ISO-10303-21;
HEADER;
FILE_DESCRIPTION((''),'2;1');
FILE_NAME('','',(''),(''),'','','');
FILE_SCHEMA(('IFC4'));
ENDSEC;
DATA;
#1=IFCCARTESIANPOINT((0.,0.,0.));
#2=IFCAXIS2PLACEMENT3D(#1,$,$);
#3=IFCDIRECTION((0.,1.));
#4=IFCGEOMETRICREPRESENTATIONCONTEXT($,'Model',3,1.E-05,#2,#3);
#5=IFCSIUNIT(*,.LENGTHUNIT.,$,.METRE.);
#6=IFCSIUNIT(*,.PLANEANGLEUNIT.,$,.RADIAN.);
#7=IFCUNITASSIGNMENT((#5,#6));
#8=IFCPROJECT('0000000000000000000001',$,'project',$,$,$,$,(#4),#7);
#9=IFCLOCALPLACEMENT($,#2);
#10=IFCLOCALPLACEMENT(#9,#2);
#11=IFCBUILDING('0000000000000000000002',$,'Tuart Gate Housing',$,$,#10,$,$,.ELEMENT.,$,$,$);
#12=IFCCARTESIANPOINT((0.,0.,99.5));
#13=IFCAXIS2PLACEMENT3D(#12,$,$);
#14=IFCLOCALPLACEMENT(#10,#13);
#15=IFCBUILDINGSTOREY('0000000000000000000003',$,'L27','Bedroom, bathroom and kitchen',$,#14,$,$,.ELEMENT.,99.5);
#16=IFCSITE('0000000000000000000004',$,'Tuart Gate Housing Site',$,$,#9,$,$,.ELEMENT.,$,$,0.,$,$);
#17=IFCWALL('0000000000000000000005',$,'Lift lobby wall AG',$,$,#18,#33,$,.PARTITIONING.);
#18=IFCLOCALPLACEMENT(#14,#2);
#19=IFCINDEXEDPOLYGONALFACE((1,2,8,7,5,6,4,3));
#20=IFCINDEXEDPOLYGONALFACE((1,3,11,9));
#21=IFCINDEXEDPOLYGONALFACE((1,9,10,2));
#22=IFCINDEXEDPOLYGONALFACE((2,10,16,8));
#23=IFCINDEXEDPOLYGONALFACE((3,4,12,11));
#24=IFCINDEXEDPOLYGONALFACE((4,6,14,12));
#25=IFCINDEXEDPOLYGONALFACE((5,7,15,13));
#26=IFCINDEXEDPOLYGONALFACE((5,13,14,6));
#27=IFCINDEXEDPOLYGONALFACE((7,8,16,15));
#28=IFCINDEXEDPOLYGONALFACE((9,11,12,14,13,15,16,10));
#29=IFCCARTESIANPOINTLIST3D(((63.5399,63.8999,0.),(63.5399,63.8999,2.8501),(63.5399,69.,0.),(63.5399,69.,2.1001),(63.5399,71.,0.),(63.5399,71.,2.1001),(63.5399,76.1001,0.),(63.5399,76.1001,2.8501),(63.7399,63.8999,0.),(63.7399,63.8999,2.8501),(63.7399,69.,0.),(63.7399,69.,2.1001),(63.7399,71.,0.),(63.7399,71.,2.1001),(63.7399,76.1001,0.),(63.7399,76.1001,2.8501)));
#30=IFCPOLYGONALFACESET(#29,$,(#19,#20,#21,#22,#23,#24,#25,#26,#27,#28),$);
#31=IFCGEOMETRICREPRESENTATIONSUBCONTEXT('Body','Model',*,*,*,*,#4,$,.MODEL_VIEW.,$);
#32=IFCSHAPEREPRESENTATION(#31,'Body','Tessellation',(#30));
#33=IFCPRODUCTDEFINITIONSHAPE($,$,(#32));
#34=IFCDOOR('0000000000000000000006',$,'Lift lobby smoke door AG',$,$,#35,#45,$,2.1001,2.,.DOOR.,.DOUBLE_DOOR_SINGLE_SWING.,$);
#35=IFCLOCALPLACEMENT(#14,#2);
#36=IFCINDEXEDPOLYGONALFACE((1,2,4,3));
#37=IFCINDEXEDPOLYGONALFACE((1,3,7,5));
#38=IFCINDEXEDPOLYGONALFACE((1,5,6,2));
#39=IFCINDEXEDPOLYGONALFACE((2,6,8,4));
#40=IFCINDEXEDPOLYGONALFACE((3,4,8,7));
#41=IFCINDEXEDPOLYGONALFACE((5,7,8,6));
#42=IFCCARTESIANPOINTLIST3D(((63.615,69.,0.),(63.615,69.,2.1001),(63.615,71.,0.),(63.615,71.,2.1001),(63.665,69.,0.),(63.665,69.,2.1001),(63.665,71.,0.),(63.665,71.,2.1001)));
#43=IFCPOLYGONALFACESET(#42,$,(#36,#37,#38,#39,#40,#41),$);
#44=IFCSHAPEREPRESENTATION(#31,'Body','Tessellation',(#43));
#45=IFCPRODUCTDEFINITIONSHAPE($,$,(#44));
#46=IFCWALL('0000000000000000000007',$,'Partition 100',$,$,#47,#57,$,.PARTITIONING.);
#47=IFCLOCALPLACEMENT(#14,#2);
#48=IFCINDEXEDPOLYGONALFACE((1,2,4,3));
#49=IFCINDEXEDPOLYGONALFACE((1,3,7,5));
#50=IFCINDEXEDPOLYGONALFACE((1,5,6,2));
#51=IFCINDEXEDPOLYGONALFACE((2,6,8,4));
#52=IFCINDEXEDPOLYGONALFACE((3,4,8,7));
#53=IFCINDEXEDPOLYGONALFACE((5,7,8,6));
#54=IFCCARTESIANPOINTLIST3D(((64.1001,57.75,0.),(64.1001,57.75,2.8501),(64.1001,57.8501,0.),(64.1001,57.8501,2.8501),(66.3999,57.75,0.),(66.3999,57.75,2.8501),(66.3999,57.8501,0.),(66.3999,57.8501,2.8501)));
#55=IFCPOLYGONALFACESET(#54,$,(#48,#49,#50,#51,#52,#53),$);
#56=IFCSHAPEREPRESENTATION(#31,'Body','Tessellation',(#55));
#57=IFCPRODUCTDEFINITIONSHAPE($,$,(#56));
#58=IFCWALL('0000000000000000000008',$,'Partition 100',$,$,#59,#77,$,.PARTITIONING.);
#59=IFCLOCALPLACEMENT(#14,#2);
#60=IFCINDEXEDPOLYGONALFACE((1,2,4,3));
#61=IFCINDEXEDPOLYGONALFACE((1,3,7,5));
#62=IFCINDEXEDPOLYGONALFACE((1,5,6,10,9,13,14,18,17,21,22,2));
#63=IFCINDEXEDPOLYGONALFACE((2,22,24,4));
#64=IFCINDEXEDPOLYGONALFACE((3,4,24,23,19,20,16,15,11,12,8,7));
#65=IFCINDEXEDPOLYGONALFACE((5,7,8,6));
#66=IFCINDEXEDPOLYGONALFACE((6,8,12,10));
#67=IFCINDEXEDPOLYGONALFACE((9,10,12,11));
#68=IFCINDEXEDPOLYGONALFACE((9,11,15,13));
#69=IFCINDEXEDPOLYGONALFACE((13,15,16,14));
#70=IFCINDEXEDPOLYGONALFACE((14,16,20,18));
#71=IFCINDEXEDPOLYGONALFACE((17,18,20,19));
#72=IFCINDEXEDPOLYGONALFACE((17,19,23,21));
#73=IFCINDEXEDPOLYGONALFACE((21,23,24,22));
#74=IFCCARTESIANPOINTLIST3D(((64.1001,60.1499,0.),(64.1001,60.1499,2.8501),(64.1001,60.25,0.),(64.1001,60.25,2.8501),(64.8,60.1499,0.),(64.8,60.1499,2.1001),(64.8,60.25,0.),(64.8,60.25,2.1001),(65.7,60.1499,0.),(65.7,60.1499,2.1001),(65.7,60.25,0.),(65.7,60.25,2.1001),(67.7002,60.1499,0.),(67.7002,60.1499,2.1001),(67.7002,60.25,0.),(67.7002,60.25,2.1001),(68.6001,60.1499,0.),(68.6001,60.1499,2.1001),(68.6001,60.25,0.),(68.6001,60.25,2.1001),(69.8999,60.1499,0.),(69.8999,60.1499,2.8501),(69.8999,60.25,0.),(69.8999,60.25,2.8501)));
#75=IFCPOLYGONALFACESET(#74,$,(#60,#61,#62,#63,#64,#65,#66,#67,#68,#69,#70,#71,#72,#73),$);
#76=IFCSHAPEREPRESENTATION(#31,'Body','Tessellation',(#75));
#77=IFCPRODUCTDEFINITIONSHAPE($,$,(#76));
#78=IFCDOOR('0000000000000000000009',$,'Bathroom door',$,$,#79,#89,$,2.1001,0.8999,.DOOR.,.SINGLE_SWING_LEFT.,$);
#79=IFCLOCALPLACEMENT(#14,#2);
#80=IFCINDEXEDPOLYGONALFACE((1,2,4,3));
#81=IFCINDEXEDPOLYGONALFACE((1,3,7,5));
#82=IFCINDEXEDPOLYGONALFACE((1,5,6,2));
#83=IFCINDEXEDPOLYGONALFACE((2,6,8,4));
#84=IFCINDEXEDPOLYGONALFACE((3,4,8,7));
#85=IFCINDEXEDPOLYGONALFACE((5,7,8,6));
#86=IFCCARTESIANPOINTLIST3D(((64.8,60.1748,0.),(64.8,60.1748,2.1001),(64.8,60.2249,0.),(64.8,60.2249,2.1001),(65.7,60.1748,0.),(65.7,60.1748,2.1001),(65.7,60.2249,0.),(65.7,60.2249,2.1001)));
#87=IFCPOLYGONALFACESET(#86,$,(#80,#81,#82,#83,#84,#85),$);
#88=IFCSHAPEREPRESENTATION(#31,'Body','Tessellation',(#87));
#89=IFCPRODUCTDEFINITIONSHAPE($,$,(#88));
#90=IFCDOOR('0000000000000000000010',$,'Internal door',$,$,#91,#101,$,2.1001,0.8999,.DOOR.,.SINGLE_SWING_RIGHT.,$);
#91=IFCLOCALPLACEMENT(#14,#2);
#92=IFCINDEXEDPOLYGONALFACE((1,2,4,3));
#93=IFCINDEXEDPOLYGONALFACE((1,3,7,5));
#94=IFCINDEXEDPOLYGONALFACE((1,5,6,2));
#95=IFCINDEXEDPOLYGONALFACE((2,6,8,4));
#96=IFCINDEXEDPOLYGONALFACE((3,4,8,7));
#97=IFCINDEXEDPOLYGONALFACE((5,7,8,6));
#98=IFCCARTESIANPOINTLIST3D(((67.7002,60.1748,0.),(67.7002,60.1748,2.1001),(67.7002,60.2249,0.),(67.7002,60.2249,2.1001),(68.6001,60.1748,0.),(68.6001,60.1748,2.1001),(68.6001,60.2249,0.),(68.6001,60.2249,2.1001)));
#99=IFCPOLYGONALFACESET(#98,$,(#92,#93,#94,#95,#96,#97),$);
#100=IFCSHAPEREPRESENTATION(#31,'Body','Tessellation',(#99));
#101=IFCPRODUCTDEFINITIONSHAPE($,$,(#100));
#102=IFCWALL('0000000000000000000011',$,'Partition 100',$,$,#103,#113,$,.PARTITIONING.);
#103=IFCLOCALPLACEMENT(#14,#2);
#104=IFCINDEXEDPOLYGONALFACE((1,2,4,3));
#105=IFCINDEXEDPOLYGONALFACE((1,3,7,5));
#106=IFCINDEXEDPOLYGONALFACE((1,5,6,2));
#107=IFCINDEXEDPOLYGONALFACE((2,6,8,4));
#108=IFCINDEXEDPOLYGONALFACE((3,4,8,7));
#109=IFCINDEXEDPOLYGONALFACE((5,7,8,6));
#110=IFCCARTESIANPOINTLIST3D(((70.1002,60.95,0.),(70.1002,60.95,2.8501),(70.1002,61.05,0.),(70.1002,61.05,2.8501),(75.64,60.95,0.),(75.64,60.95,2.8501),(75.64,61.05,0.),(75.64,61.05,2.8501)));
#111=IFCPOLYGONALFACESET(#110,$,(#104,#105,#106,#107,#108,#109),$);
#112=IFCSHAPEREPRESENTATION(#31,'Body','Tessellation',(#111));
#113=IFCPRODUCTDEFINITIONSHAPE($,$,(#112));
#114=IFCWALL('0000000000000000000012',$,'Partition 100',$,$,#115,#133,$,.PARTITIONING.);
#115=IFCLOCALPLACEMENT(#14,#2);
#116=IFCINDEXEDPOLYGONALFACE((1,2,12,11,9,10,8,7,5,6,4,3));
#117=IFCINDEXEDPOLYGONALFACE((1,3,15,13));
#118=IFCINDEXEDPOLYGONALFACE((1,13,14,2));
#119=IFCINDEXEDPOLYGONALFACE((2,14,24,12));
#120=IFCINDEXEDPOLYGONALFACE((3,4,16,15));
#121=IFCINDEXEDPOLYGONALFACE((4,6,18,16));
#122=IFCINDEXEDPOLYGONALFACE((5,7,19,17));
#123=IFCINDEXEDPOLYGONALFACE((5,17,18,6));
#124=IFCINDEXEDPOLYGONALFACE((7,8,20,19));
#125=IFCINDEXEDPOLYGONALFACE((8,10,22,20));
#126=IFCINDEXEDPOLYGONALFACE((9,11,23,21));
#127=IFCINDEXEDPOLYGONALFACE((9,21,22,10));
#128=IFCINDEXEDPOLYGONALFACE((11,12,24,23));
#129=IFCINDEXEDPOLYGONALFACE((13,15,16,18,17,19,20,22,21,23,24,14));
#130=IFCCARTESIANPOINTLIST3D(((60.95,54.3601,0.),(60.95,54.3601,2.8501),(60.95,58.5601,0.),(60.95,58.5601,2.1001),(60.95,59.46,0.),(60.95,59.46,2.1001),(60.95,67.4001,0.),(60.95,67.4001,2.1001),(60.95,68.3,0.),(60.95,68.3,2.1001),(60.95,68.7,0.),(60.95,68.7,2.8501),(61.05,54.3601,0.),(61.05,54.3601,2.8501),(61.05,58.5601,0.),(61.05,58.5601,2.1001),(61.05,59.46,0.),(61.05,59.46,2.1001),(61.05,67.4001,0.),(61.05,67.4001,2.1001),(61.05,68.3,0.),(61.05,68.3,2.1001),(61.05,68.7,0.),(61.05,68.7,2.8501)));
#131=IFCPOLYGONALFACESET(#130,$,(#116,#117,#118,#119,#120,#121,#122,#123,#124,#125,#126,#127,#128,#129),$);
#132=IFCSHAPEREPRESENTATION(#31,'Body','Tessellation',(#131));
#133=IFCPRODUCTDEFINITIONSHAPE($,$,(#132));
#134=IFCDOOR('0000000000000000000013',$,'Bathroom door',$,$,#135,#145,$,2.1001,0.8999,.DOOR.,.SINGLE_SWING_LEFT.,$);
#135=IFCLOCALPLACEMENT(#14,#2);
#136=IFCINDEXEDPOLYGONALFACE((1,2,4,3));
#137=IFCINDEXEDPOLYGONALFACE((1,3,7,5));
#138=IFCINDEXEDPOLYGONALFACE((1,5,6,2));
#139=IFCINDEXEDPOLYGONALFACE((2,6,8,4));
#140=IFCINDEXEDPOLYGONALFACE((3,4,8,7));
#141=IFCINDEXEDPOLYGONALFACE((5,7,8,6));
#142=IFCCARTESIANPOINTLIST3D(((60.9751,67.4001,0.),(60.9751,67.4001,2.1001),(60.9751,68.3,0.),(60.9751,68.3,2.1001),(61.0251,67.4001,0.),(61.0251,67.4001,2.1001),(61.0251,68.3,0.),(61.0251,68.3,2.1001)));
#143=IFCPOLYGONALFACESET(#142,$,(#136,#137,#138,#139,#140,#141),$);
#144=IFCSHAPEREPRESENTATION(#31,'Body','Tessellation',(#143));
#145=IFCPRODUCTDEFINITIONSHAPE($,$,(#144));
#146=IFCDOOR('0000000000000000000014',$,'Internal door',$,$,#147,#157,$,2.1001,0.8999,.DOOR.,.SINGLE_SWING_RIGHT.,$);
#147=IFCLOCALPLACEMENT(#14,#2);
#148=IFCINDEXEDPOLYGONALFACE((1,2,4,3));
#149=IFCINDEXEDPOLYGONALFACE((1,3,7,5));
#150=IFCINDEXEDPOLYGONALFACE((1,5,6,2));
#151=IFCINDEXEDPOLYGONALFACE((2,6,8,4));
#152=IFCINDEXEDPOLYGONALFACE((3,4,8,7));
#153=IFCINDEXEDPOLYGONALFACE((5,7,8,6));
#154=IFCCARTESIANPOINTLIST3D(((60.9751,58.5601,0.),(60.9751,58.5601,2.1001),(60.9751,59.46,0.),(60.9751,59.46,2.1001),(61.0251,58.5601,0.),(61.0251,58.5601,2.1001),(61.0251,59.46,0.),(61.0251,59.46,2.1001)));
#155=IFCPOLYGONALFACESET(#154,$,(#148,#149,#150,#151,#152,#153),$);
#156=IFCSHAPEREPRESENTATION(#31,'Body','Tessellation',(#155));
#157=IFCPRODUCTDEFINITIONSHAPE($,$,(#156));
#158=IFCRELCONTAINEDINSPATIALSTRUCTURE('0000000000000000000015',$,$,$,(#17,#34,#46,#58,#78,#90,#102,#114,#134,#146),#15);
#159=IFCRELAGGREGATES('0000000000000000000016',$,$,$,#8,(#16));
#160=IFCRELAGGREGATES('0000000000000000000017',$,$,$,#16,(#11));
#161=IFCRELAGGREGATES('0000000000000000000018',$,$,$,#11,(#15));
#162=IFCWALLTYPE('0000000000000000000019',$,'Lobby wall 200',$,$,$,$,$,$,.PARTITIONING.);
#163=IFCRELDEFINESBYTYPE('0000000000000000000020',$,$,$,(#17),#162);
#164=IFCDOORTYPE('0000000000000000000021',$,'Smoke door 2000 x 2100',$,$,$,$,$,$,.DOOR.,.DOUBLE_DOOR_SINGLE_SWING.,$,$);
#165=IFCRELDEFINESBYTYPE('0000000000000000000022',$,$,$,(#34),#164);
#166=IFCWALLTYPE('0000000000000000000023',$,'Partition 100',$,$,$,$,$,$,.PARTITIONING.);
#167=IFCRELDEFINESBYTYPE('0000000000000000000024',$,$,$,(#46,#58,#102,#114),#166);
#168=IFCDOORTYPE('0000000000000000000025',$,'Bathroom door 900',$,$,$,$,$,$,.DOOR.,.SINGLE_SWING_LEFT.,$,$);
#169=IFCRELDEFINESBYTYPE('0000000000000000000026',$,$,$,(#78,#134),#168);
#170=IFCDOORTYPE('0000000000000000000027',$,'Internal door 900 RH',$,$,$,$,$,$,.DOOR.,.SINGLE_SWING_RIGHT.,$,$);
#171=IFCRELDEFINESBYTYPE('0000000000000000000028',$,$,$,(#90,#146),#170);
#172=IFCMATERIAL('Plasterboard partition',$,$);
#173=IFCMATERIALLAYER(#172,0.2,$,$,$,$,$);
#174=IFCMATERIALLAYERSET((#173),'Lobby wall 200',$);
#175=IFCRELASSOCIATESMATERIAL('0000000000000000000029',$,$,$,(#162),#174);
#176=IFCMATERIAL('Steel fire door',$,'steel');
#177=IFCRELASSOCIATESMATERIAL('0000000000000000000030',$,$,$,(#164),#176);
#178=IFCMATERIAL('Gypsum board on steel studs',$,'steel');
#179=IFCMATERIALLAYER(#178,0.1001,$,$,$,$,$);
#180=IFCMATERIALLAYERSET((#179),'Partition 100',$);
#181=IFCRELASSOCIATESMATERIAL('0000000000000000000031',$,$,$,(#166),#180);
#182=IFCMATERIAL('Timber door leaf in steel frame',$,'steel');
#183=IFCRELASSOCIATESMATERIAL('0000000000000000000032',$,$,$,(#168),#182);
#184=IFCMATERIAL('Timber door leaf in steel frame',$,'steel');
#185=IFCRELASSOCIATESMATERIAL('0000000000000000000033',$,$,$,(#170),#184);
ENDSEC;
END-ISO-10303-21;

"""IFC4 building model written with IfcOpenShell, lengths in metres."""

from ifc_helpers import new_model, si_unit, direction, frame, frame_2d, origin, place, context, subcontext, project, spatial, rectangle, extrude, material, layer, layer_set, type_object, element, fill, save


model = new_model("IFC4")

# Units and contexts
model_context = context("Model", 3, precision=1e-05, world=origin(), true_north=direction((0.0, 1.0)))
body_context = subcontext(model_context, "Body", "Model", "MODEL_VIEW")
ifc_project = project(units=[si_unit("LENGTHUNIT", "METRE"), si_unit("PLANEANGLEUNIT", "RADIAN")], contexts=[model_context])

# Site, building, storey
site_placement = place(None, origin())
site = spatial("IfcSite", under=ifc_project, at=site_placement, Name="Tuart Gate Housing Site", CompositionType="ELEMENT", RefElevation=0.0)
building_placement = place(site_placement, origin())
building = spatial("IfcBuilding", under=site, at=building_placement, Name="Tuart Gate Housing", CompositionType="ELEMENT")
storey_placement = place(building_placement, frame((0.0, 0.0, 99.5)))
storey = spatial("IfcBuildingStorey", under=building, at=storey_placement, Name="L27", Description="Bedroom, bathroom and kitchen", CompositionType="ELEMENT", Elevation=99.5)

# Wall, opening, door
ifc_material_1 = material(Name="Plasterboard partition")
ifc_layer_1 = layer(ifc_material_1, 0.2)
ifc_layer_set_1 = layer_set([ifc_layer_1], Name="Lobby wall 200")
wall_type_1 = type_object("IfcWallType", Name="Lobby wall 200", PredefinedType="PARTITIONING", material=ifc_layer_set_1)
wall_1_placement = place(storey_placement, frame((63.6399, 63.8999, 0.0), z_axis=(0.0, 0.0, 1.0), x_axis=(0.0, 1.0, 0.0)))
wall_1 = element("IfcWall", 1, at=wall_1_placement, inside=storey, type_object=wall_type_1, Name="Lift lobby wall AG", PredefinedType="PARTITIONING", context=body_context, shape_type="SweptSolid", body=[
    extrude(rectangle(XDim=12.2002, YDim=0.2, at=frame_2d((6.1001, 0.0))), origin(), (0.0, 0.0, 1.0), 2.8501),
])
opening_1_placement = place(wall_1_placement, frame((5.1001, 0.0, 0.0)))
opening_1 = element("IfcOpeningElement", 2, at=opening_1_placement, cuts=wall_1, PredefinedType="OPENING", context=body_context, shape_type="SweptSolid", body=[
    extrude(rectangle(XDim=2.0, YDim=2.1001, at=frame_2d((1.0, 1.05))), frame((0.0, 0.1099, 0.0), z_axis=(0.0, -1.0, 0.0), x_axis=(1.0, 0.0, 0.0)), (0.0, 0.0, 1.0), 0.22),
])
ifc_material_2 = material(Name="Steel fire door", Category="steel")
door_type_1 = type_object("IfcDoorType", Name="Smoke door 2000 x 2100", OperationType="DOUBLE_DOOR_SINGLE_SWING", PredefinedType="DOOR", material=ifc_material_2)
door_1_placement = place(opening_1_placement, frame((2.0, 0.0, 0.0), z_axis=(0.0, 0.0, 1.0), x_axis=(-1.0, 0.0, 0.0)))
door_1 = element("IfcDoor", 3, at=door_1_placement, inside=storey, type_object=door_type_1, Name="Lift lobby smoke door AG", OperationType="DOUBLE_DOOR_SINGLE_SWING", OverallHeight=2.1001, OverallWidth=2.0, PredefinedType="DOOR", context=body_context, shape_type="SweptSolid", body=[
    extrude(rectangle(XDim=2.0, YDim=2.1001, at=frame_2d((1.0, 1.05))), frame((0.0, 0.0251, 0.0), z_axis=(0.0, -1.0, 0.0), x_axis=(1.0, 0.0, 0.0)), (0.0, 0.0, 1.0), 0.05),
])
fill(opening_1, door_1)

# Wall
ifc_material_3 = material(Name="Gypsum board on steel studs", Category="steel")
ifc_layer_2 = layer(ifc_material_3, 0.1001)
ifc_layer_set_2 = layer_set([ifc_layer_2], Name="Partition 100")
wall_type_2 = type_object("IfcWallType", Name="Partition 100", PredefinedType="PARTITIONING", material=ifc_layer_set_2)
wall_2_placement = place(storey_placement, frame((64.1001, 57.8, 0.0), z_axis=(0.0, 0.0, 1.0), x_axis=(1.0, 0.0, 0.0)))
element("IfcWall", 4, at=wall_2_placement, inside=storey, type_object=wall_type_2, Name="Partition 100", PredefinedType="PARTITIONING", context=body_context, shape_type="SweptSolid", body=[
    extrude(rectangle(XDim=2.2998, YDim=0.1001, at=frame_2d((1.1499, 0.0))), origin(), (0.0, 0.0, 1.0), 2.8501),
])

# Wall, openings, doors
wall_3_placement = place(storey_placement, frame((64.1001, 60.2, 0.0), z_axis=(0.0, 0.0, 1.0), x_axis=(1.0, 0.0, 0.0)))
wall_3 = element("IfcWall", 5, at=wall_3_placement, inside=storey, type_object=wall_type_2, Name="Partition 100", PredefinedType="PARTITIONING", context=body_context, shape_type="SweptSolid", body=[
    extrude(rectangle(XDim=5.7998, YDim=0.1001, at=frame_2d((2.8999, 0.0))), origin(), (0.0, 0.0, 1.0), 2.8501),
])
opening_2_placement = place(wall_3_placement, frame((3.6001, 0.0, 0.0)))
opening_2 = element("IfcOpeningElement", 6, at=opening_2_placement, cuts=wall_3, PredefinedType="OPENING", context=body_context, shape_type="SweptSolid", body=[
    extrude(rectangle(XDim=0.8999, YDim=2.1001, at=frame_2d((0.45, 1.05))), frame((0.0, 0.0601, 0.0), z_axis=(0.0, -1.0, 0.0), x_axis=(1.0, 0.0, 0.0)), (0.0, 0.0, 1.0), 0.1201),
])
opening_3_placement = place(wall_3_placement, frame((0.7, 0.0, 0.0)))
opening_3 = element("IfcOpeningElement", 7, at=opening_3_placement, cuts=wall_3, PredefinedType="OPENING", context=body_context, shape_type="SweptSolid", body=[
    extrude(rectangle(XDim=0.8999, YDim=2.1001, at=frame_2d((0.45, 1.05))), frame((0.0, 0.0601, 0.0), z_axis=(0.0, -1.0, 0.0), x_axis=(1.0, 0.0, 0.0)), (0.0, 0.0, 1.0), 0.1201),
])
ifc_material_4 = material(Name="Timber door leaf in steel frame", Category="steel")
door_type_2 = type_object("IfcDoorType", Name="Bathroom door 900", OperationType="SINGLE_SWING_LEFT", PredefinedType="DOOR", material=ifc_material_4)
door_2_placement = place(opening_3_placement, frame((0.8999, 0.0, 0.0), z_axis=(0.0, 0.0, 1.0), x_axis=(-1.0, 0.0, 0.0)))
door_2 = element("IfcDoor", 8, at=door_2_placement, inside=storey, type_object=door_type_2, Name="Bathroom door", OperationType="SINGLE_SWING_LEFT", OverallHeight=2.1001, OverallWidth=0.8999, PredefinedType="DOOR", context=body_context, shape_type="SweptSolid", body=[
    extrude(rectangle(XDim=0.8999, YDim=2.1001, at=frame_2d((0.45, 1.05))), frame((0.0, 0.0251, 0.0), z_axis=(0.0, -1.0, 0.0), x_axis=(1.0, 0.0, 0.0)), (0.0, 0.0, 1.0), 0.05),
])
fill(opening_3, door_2)
ifc_material_5 = material(Name="Timber door leaf in steel frame", Category="steel")
door_type_3 = type_object("IfcDoorType", Name="Internal door 900 RH", OperationType="SINGLE_SWING_RIGHT", PredefinedType="DOOR", material=ifc_material_5)
door_3_placement = place(opening_2_placement, origin())
door_3 = element("IfcDoor", 9, at=door_3_placement, inside=storey, type_object=door_type_3, Name="Internal door", OperationType="SINGLE_SWING_RIGHT", OverallHeight=2.1001, OverallWidth=0.8999, PredefinedType="DOOR", context=body_context, shape_type="SweptSolid", body=[
    extrude(rectangle(XDim=0.8999, YDim=2.1001, at=frame_2d((0.45, 1.05))), frame((0.0, 0.0249, 0.0), z_axis=(0.0, -1.0, 0.0), x_axis=(1.0, 0.0, 0.0)), (0.0, 0.0, 1.0), 0.05),
])
fill(opening_2, door_3)

# Wall
wall_4_placement = place(storey_placement, frame((70.1001, 61.0, 0.0), z_axis=(0.0, 0.0, 1.0), x_axis=(1.0, 0.0, 0.0)))
element("IfcWall", 10, at=wall_4_placement, inside=storey, type_object=wall_type_2, Name="Partition 100", PredefinedType="PARTITIONING", context=body_context, shape_type="SweptSolid", body=[
    extrude(rectangle(XDim=5.5398, YDim=0.1001, at=frame_2d((2.77, 0.0))), origin(), (0.0, 0.0, 1.0), 2.8501),
])

# Wall, openings, doors
wall_5_placement = place(storey_placement, frame((61.0, 54.3601, 0.0), z_axis=(0.0, 0.0, 1.0), x_axis=(0.0, 1.0, 0.0)))
wall_5 = element("IfcWall", 11, at=wall_5_placement, inside=storey, type_object=wall_type_2, Name="Partition 100", PredefinedType="PARTITIONING", context=body_context, shape_type="SweptSolid", body=[
    extrude(rectangle(XDim=14.3398, YDim=0.1001, at=frame_2d((7.1699, 0.0))), origin(), (0.0, 0.0, 1.0), 2.8501),
])
opening_4_placement = place(wall_5_placement, frame((4.2, 0.0, 0.0)))
opening_4 = element("IfcOpeningElement", 12, at=opening_4_placement, cuts=wall_5, PredefinedType="OPENING", context=body_context, shape_type="SweptSolid", body=[
    extrude(rectangle(XDim=0.8999, YDim=2.1001, at=frame_2d((0.45, 1.05))), frame((0.0, 0.0601, 0.0), z_axis=(0.0, -1.0, 0.0), x_axis=(1.0, 0.0, 0.0)), (0.0, 0.0, 1.0), 0.1201),
])
opening_5_placement = place(wall_5_placement, frame((13.04, 0.0, 0.0)))
opening_5 = element("IfcOpeningElement", 13, at=opening_5_placement, cuts=wall_5, PredefinedType="OPENING", context=body_context, shape_type="SweptSolid", body=[
    extrude(rectangle(XDim=0.8999, YDim=2.1001, at=frame_2d((0.45, 1.05))), frame((0.0, 0.0601, 0.0), z_axis=(0.0, -1.0, 0.0), x_axis=(1.0, 0.0, 0.0)), (0.0, 0.0, 1.0), 0.1201),
])
door_4_placement = place(opening_5_placement, frame((0.8999, 0.0, 0.0), z_axis=(0.0, 0.0, 1.0), x_axis=(-1.0, 0.0, 0.0)))
door_4 = element("IfcDoor", 14, at=door_4_placement, inside=storey, type_object=door_type_2, Name="Bathroom door", OperationType="SINGLE_SWING_LEFT", OverallHeight=2.1001, OverallWidth=0.8999, PredefinedType="DOOR", context=body_context, shape_type="SweptSolid", body=[
    extrude(rectangle(XDim=0.8999, YDim=2.1001, at=frame_2d((0.45, 1.05))), frame((0.0, 0.0251, 0.0), z_axis=(0.0, -1.0, 0.0), x_axis=(1.0, 0.0, 0.0)), (0.0, 0.0, 1.0), 0.05),
])
fill(opening_5, door_4)
door_5_placement = place(opening_4_placement, frame((0.8999, 0.0, 0.0), z_axis=(0.0, 0.0, 1.0), x_axis=(-1.0, 0.0, 0.0)))
door_5 = element("IfcDoor", 15, at=door_5_placement, inside=storey, type_object=door_type_3, Name="Internal door", OperationType="SINGLE_SWING_RIGHT", OverallHeight=2.1001, OverallWidth=0.8999, PredefinedType="DOOR", context=body_context, shape_type="SweptSolid", body=[
    extrude(rectangle(XDim=0.8999, YDim=2.1001, at=frame_2d((0.45, 1.05))), frame((0.0, 0.0251, 0.0), z_axis=(0.0, -1.0, 0.0), x_axis=(1.0, 0.0, 0.0)), (0.0, 0.0, 1.0), 0.05),
])
fill(opening_4, door_5)

save(model, "model.ifc")
